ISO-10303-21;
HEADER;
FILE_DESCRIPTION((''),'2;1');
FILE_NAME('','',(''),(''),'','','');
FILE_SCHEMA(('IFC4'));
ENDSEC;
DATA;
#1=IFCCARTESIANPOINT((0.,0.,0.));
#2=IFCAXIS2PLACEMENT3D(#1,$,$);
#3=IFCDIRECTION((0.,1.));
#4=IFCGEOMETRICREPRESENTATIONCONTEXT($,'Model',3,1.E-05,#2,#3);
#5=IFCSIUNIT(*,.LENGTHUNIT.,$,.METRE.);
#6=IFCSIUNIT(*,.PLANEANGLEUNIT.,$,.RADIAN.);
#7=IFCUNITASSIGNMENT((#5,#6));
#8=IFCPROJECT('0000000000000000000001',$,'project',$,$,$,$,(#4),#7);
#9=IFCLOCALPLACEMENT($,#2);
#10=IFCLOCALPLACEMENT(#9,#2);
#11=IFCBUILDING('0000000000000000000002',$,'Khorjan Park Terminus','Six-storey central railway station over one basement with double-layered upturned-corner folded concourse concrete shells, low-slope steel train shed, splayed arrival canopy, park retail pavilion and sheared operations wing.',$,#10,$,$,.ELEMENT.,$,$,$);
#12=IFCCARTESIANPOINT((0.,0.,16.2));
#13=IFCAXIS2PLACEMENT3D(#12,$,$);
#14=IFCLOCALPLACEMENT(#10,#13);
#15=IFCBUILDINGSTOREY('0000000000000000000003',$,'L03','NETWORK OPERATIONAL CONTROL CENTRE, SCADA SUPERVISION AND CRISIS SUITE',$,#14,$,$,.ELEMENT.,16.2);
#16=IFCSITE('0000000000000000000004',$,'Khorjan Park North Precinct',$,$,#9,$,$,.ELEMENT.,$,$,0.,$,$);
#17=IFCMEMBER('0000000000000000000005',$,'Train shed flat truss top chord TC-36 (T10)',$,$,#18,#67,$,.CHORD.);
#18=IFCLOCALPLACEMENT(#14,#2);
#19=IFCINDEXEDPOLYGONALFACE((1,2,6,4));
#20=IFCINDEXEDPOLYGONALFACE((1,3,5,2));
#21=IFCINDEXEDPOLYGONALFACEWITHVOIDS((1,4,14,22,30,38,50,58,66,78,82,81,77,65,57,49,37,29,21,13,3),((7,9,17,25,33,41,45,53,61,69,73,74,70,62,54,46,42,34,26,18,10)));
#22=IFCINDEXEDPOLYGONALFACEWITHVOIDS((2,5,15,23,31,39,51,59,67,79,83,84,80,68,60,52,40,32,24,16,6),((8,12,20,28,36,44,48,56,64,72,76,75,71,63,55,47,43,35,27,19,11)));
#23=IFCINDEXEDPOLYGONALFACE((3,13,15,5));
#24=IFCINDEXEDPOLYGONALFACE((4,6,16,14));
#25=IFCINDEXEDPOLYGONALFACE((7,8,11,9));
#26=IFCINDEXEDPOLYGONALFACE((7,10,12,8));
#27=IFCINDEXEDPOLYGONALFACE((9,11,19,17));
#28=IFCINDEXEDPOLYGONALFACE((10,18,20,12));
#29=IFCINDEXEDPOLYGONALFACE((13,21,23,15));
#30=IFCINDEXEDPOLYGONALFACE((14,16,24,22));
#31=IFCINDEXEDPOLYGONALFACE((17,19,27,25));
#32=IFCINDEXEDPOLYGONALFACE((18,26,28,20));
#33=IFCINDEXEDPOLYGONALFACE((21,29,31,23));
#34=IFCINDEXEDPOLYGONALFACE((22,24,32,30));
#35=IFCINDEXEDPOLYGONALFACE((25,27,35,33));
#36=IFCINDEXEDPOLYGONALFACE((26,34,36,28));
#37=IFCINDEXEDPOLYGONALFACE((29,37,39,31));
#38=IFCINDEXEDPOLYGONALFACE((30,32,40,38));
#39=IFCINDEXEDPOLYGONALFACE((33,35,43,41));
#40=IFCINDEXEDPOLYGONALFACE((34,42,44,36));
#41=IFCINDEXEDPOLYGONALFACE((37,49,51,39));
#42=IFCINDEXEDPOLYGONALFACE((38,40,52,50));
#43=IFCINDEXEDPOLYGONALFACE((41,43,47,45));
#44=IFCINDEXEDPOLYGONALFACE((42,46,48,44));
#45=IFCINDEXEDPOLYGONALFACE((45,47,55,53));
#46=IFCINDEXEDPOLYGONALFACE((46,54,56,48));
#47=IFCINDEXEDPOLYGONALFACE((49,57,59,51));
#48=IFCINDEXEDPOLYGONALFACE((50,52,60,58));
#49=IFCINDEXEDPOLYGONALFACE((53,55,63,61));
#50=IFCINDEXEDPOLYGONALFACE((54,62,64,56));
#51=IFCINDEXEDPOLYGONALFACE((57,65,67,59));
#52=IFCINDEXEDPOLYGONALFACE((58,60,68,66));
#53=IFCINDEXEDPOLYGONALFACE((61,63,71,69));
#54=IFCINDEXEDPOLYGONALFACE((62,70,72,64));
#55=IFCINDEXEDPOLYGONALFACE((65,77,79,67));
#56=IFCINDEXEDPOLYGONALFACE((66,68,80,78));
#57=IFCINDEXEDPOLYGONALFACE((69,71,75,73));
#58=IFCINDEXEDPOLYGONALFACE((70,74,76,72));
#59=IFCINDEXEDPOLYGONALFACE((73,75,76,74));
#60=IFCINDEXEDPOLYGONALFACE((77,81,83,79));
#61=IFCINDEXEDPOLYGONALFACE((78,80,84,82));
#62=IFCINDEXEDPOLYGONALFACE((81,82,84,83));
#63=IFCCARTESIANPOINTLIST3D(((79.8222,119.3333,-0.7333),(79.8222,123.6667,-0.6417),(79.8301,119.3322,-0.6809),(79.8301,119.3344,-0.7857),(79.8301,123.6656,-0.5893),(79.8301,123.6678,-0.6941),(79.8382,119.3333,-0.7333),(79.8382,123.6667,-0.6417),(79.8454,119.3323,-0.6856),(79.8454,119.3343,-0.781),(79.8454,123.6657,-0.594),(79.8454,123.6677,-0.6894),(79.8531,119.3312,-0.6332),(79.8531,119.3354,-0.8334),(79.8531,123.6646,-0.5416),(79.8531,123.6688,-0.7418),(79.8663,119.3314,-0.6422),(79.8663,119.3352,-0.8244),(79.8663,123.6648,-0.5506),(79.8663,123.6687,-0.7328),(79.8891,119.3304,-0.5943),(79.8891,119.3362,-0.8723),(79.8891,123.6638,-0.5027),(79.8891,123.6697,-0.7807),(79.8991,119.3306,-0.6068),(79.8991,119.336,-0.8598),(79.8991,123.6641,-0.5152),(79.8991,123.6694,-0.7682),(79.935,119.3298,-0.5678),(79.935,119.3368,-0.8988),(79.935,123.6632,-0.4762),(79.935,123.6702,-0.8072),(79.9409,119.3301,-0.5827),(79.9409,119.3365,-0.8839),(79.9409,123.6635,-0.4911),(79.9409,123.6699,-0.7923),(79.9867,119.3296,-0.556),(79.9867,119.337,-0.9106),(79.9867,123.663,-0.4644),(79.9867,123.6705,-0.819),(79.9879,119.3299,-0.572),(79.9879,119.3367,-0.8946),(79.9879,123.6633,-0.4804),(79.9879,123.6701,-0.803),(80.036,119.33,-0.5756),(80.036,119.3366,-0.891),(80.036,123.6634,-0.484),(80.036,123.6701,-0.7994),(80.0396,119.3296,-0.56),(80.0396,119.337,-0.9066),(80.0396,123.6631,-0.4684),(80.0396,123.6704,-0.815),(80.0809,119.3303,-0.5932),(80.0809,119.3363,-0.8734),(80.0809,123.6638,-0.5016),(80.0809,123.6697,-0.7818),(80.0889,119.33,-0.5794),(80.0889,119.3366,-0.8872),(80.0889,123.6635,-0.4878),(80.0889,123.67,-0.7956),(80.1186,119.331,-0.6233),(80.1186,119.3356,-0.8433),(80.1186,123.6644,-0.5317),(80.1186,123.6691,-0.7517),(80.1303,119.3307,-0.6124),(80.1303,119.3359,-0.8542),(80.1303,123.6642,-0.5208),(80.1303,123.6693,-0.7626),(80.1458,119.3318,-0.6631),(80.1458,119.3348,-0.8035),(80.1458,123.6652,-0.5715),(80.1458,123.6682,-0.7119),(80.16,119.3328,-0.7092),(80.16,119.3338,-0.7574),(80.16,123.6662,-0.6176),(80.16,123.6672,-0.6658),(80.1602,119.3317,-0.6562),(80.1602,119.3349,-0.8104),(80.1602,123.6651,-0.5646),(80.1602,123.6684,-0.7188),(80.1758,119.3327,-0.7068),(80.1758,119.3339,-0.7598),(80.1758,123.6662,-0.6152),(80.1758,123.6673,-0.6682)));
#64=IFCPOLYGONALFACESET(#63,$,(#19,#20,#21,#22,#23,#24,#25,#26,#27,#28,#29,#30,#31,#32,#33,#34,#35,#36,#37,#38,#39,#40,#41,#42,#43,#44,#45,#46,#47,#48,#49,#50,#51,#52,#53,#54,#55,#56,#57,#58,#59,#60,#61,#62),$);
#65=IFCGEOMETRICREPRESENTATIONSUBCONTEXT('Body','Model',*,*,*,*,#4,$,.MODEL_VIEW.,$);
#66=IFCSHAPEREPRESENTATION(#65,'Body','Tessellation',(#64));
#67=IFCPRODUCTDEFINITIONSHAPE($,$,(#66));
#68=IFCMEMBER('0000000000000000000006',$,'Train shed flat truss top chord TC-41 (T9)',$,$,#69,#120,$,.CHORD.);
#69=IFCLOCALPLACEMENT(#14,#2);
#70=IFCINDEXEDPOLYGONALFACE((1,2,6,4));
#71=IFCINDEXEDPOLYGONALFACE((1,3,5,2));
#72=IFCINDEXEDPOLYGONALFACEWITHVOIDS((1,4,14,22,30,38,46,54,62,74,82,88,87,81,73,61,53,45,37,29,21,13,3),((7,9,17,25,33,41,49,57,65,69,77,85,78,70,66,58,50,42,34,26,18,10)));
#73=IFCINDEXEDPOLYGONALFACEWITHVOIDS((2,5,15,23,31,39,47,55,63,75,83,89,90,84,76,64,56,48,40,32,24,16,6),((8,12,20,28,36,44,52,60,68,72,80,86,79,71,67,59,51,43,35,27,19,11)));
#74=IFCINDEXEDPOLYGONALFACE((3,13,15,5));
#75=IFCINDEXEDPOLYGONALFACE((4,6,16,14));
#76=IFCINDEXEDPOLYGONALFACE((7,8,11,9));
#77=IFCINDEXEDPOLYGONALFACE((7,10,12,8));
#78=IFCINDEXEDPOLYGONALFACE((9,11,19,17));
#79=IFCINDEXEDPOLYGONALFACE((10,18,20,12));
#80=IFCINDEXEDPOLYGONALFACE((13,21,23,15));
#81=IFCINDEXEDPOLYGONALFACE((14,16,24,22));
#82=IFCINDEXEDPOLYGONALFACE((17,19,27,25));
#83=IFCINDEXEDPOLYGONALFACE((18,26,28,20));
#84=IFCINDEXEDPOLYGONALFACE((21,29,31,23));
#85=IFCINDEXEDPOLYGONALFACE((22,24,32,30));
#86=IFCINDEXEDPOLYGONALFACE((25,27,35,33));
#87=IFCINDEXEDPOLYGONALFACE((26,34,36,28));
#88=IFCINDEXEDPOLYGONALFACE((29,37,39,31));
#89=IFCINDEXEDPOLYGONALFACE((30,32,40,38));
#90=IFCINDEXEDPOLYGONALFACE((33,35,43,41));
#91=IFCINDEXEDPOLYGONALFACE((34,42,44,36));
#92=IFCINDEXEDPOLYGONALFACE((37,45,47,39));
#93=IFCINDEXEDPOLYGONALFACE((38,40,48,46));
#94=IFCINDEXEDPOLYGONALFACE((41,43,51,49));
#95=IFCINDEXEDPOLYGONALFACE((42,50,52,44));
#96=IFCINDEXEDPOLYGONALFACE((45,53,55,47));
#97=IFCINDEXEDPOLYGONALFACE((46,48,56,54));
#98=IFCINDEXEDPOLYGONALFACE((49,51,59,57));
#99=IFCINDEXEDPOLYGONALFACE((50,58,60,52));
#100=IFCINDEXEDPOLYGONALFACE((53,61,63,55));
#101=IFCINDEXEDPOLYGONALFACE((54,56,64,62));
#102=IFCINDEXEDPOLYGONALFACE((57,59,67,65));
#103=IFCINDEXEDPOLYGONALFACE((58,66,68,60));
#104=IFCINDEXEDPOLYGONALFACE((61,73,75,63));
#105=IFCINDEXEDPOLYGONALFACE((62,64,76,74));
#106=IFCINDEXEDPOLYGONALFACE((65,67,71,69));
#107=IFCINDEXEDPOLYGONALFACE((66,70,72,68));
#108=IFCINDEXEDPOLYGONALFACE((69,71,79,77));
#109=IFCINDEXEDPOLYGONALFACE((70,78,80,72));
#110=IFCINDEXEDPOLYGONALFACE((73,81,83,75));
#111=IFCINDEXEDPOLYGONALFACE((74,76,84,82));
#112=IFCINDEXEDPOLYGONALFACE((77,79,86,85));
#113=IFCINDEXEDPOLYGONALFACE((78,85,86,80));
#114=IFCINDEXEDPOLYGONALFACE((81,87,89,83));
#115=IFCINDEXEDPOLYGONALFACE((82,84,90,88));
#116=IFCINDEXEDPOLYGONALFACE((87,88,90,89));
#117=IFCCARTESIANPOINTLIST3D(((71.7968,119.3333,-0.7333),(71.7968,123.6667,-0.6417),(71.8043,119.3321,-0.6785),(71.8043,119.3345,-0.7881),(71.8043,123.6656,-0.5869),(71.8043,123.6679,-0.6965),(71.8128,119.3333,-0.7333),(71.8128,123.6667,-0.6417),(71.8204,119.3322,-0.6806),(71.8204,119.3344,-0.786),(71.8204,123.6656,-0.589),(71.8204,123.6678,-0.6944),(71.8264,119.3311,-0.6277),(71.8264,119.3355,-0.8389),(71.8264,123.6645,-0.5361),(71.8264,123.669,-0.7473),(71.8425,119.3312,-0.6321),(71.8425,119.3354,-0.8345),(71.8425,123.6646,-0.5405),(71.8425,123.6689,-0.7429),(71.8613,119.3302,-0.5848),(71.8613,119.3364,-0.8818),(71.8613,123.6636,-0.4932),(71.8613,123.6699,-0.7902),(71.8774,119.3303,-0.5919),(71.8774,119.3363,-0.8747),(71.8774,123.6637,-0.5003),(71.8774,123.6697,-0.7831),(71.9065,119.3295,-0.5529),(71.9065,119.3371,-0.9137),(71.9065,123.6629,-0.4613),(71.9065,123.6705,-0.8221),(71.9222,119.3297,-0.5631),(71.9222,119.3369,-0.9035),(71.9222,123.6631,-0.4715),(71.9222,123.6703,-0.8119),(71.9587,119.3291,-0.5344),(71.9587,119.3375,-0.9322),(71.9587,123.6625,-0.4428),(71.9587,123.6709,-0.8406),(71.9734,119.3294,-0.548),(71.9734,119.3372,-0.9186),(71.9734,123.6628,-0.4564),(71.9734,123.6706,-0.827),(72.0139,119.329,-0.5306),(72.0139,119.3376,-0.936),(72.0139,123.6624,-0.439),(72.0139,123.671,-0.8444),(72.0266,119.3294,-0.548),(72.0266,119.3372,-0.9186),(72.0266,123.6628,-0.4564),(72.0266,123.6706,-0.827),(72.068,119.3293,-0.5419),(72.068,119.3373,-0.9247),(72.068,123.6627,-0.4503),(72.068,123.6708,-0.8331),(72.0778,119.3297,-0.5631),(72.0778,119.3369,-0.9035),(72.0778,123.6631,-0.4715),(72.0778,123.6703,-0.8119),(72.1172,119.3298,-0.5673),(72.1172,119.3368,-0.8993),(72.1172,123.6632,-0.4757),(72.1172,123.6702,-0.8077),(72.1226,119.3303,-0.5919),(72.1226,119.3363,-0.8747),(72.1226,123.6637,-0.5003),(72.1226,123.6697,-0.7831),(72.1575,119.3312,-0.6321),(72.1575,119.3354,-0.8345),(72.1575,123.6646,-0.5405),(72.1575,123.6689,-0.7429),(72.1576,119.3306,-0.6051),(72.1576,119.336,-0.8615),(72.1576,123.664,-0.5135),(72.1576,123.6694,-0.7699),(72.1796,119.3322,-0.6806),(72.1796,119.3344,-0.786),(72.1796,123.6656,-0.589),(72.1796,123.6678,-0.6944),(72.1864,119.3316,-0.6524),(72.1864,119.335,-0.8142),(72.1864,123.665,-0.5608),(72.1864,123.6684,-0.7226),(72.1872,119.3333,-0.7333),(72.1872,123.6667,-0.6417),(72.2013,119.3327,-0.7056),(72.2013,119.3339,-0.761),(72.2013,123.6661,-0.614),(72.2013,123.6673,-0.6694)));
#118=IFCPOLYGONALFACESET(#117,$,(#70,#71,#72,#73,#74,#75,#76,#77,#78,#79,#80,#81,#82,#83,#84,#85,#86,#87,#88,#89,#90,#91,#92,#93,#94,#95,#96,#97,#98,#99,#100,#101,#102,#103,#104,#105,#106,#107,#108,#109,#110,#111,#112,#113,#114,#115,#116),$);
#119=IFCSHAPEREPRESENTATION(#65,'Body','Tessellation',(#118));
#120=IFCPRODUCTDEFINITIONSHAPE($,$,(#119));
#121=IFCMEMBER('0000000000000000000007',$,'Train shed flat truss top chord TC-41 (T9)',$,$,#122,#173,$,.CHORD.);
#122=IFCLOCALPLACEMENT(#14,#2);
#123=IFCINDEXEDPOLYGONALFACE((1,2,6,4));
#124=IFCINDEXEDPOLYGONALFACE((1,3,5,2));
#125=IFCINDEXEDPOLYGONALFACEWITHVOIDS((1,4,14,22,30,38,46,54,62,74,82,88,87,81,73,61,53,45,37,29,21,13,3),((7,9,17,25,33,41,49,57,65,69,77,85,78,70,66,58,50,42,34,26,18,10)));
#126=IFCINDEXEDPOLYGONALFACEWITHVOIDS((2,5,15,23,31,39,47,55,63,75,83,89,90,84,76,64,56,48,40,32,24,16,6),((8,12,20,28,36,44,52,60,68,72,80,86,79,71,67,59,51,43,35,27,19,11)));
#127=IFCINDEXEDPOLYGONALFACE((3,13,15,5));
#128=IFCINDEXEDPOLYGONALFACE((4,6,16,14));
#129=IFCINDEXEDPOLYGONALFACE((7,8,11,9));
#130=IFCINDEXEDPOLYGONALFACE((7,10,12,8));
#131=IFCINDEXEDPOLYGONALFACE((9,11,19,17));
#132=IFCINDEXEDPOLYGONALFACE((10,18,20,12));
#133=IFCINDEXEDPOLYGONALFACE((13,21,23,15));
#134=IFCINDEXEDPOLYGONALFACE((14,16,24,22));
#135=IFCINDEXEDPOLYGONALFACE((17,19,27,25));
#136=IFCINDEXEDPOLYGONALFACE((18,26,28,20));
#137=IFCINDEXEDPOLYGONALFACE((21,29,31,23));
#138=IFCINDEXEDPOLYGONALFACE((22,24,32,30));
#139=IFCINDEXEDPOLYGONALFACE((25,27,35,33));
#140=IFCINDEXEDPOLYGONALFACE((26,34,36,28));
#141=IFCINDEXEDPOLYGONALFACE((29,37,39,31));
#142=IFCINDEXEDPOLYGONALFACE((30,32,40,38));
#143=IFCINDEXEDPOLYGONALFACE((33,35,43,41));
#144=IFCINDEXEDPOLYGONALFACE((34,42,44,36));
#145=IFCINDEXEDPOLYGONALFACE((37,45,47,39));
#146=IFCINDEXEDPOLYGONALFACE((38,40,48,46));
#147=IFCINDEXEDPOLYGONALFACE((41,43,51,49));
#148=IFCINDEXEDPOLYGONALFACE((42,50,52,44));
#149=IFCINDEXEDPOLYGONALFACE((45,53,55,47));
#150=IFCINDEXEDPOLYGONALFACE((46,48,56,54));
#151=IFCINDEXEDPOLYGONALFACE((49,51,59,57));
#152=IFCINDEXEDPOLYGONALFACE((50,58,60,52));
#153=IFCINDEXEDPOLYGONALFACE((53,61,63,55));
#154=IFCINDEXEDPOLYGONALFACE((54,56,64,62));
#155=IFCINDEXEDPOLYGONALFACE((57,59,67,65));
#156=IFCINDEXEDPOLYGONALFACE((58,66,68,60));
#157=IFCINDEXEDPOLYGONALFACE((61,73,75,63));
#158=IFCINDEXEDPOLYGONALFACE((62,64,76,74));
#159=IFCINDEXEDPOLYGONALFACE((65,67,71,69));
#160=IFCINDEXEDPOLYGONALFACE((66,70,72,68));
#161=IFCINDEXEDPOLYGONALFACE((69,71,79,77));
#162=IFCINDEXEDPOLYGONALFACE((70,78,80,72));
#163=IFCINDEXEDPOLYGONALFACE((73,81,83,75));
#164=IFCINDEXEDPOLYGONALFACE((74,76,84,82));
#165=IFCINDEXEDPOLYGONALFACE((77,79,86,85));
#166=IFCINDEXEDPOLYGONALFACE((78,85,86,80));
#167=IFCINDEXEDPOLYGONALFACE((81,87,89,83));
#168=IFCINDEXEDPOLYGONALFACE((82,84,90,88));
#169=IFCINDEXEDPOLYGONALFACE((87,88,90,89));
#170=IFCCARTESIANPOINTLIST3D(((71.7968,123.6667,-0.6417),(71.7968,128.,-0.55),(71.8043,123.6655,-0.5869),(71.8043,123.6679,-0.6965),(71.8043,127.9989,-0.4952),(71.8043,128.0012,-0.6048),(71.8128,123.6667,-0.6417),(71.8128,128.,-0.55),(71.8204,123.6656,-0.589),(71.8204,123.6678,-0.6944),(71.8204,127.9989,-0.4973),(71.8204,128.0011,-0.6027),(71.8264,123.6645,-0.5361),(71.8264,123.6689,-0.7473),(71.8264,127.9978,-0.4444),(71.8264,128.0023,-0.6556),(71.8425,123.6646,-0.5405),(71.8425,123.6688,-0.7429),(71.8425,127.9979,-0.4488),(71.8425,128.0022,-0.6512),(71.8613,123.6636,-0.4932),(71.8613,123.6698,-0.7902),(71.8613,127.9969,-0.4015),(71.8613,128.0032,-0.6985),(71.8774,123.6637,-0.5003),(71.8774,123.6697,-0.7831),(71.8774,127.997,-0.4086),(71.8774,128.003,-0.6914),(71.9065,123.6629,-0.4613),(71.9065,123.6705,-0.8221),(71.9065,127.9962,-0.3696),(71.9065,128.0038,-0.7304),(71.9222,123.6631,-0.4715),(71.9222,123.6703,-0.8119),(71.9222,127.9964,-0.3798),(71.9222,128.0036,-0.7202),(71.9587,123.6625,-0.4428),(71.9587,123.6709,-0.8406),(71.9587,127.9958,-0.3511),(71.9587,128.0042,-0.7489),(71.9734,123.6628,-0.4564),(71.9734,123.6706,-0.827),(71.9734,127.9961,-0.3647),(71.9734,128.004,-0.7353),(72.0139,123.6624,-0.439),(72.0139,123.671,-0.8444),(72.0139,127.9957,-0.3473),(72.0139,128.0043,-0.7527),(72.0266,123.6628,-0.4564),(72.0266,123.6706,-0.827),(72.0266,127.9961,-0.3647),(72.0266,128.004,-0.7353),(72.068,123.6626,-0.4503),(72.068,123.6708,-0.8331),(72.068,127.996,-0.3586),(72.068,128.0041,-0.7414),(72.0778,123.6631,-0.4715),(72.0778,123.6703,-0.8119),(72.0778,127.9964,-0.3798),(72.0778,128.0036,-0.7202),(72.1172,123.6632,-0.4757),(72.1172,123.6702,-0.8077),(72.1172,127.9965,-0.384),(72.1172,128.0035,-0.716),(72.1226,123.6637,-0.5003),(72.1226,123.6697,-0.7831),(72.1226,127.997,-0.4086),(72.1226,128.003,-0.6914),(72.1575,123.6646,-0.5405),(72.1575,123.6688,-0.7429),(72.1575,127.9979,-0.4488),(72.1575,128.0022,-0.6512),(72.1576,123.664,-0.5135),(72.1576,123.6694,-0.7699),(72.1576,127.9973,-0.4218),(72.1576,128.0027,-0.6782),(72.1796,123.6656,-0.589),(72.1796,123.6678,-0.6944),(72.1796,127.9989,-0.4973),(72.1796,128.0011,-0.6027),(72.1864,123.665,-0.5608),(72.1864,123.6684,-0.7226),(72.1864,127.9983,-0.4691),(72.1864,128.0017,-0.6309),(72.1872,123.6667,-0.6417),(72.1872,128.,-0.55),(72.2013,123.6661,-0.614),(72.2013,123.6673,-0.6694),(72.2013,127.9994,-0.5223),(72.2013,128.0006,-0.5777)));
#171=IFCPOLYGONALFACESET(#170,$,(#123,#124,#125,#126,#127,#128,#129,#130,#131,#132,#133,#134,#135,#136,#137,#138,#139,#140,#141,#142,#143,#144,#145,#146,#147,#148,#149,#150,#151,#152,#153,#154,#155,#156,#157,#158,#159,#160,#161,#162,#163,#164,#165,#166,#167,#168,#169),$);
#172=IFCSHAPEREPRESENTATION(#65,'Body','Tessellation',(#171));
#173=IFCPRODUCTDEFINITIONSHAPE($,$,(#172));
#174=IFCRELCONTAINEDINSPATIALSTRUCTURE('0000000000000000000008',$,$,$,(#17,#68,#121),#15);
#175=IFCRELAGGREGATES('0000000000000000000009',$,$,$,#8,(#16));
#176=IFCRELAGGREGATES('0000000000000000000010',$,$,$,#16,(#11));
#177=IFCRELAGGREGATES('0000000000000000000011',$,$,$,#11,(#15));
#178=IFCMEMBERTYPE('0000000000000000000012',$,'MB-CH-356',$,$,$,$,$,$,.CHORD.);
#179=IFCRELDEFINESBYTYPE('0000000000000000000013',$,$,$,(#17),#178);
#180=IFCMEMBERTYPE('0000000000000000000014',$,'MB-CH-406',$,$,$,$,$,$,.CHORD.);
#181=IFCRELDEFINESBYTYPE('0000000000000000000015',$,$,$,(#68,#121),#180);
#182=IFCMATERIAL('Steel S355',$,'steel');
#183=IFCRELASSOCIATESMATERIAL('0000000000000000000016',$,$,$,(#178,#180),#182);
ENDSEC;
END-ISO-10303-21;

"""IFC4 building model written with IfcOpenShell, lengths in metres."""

from ifc_helpers import new_model, si_unit, direction, frame, origin, origin_2d, place, context, subcontext, project, spatial, hollow_circle, extrude, material, material_profile, profile_set, type_object, element, save


model = new_model("IFC4")

# Units and contexts
model_context = context("Model", 3, precision=1e-05, world=origin(), true_north=direction((0.0, 1.0)))
body_context = subcontext(model_context, "Body", "Model", "MODEL_VIEW")
ifc_project = project(units=[si_unit("LENGTHUNIT", "METRE"), si_unit("PLANEANGLEUNIT", "RADIAN")], contexts=[model_context])

# Site, building, storey
site_placement = place(None, origin())
site = spatial("IfcSite", under=ifc_project, at=site_placement, Name="Khorjan Park North Precinct", CompositionType="ELEMENT", RefElevation=0.0)
building_placement = place(site_placement, origin())
building = spatial("IfcBuilding", under=site, at=building_placement, Name="Khorjan Park Terminus", Description="Six-storey central railway station over one basement with double-layered upturned-corner folded concourse concrete shells, low-slope steel train shed, splayed arrival canopy, park retail pavilion and sheared operations wing.", CompositionType="ELEMENT")
storey_placement = place(building_placement, frame((0.0, 0.0, 16.2)))
storey = spatial("IfcBuildingStorey", under=building, at=storey_placement, Name="L03", Description="NETWORK OPERATIONAL CONTROL CENTRE, SCADA SUPERVISION AND CRISIS SUITE", CompositionType="ELEMENT", Elevation=16.2)

# Members
ifc_material = material(Name="Steel S355", Category="steel")
ifc_material_profile_1 = material_profile(ifc_material, hollow_circle(Radius=0.1778, WallThickness=0.016, at=origin_2d()), Name="CHS 355.6x16")
ifc_profile_set_1 = profile_set([ifc_material_profile_1], Name="Steel S355")
member_type_1 = type_object("IfcMemberType", Name="MB-CH-356", PredefinedType="CHORD", material=ifc_profile_set_1)
member_1_placement = place(storey_placement, frame((80.0, 119.3333, -0.7333), z_axis=(0.0, 0.999777, 0.021133), x_axis=(-1.0, 0.0, 0.0)))
element("IfcMember", 1, at=member_1_placement, inside=storey, type_object=member_type_1, Name="Train shed flat truss top chord TC-36 (T10)", PredefinedType="CHORD", context=body_context, shape_type="SweptSolid", body=[
    extrude(hollow_circle(Radius=0.1778, WallThickness=0.016, at=origin_2d()), origin(), (0.0, 0.0, 1.0), 4.3344),
])
ifc_material_profile_2 = material_profile(ifc_material, hollow_circle(Radius=0.2032, WallThickness=0.016, at=origin_2d()), Name="CHS 406.4x16")
ifc_profile_set_2 = profile_set([ifc_material_profile_2], Name="Steel S355")
member_type_2 = type_object("IfcMemberType", Name="MB-CH-406", PredefinedType="CHORD", material=ifc_profile_set_2)
member_2_placement = place(storey_placement, frame((72.0, 119.3333, -0.7333), z_axis=(0.0, 0.999777, 0.021133), x_axis=(-1.0, 0.0, 0.0)))
element("IfcMember", 2, at=member_2_placement, inside=storey, type_object=member_type_2, Name="Train shed flat truss top chord TC-41 (T9)", PredefinedType="CHORD", context=body_context, shape_type="SweptSolid", body=[
    extrude(hollow_circle(Radius=0.2032, WallThickness=0.016, at=origin_2d()), origin(), (0.0, 0.0, 1.0), 4.3344),
])
for number, where, z_axis, x_axis, name in (
    (3, (72.0, 123.6667, -0.6417), (0.0, 0.999776, 0.021157), (-1.0, 0.0, 0.0), "Train shed flat truss top chord TC-41 (T9)"),
):
    element("IfcMember", number, at=place(storey_placement, frame(where, z_axis=z_axis, x_axis=x_axis)), inside=storey, type_object=member_type_2, Name=name, PredefinedType="CHORD", context=body_context, shape_type="SweptSolid", body=[
        extrude(hollow_circle(Radius=0.2032, WallThickness=0.016, at=origin_2d()), origin(), (0.0, 0.0, 1.0), 4.3343),
    ])

save(model, "model.ifc")
